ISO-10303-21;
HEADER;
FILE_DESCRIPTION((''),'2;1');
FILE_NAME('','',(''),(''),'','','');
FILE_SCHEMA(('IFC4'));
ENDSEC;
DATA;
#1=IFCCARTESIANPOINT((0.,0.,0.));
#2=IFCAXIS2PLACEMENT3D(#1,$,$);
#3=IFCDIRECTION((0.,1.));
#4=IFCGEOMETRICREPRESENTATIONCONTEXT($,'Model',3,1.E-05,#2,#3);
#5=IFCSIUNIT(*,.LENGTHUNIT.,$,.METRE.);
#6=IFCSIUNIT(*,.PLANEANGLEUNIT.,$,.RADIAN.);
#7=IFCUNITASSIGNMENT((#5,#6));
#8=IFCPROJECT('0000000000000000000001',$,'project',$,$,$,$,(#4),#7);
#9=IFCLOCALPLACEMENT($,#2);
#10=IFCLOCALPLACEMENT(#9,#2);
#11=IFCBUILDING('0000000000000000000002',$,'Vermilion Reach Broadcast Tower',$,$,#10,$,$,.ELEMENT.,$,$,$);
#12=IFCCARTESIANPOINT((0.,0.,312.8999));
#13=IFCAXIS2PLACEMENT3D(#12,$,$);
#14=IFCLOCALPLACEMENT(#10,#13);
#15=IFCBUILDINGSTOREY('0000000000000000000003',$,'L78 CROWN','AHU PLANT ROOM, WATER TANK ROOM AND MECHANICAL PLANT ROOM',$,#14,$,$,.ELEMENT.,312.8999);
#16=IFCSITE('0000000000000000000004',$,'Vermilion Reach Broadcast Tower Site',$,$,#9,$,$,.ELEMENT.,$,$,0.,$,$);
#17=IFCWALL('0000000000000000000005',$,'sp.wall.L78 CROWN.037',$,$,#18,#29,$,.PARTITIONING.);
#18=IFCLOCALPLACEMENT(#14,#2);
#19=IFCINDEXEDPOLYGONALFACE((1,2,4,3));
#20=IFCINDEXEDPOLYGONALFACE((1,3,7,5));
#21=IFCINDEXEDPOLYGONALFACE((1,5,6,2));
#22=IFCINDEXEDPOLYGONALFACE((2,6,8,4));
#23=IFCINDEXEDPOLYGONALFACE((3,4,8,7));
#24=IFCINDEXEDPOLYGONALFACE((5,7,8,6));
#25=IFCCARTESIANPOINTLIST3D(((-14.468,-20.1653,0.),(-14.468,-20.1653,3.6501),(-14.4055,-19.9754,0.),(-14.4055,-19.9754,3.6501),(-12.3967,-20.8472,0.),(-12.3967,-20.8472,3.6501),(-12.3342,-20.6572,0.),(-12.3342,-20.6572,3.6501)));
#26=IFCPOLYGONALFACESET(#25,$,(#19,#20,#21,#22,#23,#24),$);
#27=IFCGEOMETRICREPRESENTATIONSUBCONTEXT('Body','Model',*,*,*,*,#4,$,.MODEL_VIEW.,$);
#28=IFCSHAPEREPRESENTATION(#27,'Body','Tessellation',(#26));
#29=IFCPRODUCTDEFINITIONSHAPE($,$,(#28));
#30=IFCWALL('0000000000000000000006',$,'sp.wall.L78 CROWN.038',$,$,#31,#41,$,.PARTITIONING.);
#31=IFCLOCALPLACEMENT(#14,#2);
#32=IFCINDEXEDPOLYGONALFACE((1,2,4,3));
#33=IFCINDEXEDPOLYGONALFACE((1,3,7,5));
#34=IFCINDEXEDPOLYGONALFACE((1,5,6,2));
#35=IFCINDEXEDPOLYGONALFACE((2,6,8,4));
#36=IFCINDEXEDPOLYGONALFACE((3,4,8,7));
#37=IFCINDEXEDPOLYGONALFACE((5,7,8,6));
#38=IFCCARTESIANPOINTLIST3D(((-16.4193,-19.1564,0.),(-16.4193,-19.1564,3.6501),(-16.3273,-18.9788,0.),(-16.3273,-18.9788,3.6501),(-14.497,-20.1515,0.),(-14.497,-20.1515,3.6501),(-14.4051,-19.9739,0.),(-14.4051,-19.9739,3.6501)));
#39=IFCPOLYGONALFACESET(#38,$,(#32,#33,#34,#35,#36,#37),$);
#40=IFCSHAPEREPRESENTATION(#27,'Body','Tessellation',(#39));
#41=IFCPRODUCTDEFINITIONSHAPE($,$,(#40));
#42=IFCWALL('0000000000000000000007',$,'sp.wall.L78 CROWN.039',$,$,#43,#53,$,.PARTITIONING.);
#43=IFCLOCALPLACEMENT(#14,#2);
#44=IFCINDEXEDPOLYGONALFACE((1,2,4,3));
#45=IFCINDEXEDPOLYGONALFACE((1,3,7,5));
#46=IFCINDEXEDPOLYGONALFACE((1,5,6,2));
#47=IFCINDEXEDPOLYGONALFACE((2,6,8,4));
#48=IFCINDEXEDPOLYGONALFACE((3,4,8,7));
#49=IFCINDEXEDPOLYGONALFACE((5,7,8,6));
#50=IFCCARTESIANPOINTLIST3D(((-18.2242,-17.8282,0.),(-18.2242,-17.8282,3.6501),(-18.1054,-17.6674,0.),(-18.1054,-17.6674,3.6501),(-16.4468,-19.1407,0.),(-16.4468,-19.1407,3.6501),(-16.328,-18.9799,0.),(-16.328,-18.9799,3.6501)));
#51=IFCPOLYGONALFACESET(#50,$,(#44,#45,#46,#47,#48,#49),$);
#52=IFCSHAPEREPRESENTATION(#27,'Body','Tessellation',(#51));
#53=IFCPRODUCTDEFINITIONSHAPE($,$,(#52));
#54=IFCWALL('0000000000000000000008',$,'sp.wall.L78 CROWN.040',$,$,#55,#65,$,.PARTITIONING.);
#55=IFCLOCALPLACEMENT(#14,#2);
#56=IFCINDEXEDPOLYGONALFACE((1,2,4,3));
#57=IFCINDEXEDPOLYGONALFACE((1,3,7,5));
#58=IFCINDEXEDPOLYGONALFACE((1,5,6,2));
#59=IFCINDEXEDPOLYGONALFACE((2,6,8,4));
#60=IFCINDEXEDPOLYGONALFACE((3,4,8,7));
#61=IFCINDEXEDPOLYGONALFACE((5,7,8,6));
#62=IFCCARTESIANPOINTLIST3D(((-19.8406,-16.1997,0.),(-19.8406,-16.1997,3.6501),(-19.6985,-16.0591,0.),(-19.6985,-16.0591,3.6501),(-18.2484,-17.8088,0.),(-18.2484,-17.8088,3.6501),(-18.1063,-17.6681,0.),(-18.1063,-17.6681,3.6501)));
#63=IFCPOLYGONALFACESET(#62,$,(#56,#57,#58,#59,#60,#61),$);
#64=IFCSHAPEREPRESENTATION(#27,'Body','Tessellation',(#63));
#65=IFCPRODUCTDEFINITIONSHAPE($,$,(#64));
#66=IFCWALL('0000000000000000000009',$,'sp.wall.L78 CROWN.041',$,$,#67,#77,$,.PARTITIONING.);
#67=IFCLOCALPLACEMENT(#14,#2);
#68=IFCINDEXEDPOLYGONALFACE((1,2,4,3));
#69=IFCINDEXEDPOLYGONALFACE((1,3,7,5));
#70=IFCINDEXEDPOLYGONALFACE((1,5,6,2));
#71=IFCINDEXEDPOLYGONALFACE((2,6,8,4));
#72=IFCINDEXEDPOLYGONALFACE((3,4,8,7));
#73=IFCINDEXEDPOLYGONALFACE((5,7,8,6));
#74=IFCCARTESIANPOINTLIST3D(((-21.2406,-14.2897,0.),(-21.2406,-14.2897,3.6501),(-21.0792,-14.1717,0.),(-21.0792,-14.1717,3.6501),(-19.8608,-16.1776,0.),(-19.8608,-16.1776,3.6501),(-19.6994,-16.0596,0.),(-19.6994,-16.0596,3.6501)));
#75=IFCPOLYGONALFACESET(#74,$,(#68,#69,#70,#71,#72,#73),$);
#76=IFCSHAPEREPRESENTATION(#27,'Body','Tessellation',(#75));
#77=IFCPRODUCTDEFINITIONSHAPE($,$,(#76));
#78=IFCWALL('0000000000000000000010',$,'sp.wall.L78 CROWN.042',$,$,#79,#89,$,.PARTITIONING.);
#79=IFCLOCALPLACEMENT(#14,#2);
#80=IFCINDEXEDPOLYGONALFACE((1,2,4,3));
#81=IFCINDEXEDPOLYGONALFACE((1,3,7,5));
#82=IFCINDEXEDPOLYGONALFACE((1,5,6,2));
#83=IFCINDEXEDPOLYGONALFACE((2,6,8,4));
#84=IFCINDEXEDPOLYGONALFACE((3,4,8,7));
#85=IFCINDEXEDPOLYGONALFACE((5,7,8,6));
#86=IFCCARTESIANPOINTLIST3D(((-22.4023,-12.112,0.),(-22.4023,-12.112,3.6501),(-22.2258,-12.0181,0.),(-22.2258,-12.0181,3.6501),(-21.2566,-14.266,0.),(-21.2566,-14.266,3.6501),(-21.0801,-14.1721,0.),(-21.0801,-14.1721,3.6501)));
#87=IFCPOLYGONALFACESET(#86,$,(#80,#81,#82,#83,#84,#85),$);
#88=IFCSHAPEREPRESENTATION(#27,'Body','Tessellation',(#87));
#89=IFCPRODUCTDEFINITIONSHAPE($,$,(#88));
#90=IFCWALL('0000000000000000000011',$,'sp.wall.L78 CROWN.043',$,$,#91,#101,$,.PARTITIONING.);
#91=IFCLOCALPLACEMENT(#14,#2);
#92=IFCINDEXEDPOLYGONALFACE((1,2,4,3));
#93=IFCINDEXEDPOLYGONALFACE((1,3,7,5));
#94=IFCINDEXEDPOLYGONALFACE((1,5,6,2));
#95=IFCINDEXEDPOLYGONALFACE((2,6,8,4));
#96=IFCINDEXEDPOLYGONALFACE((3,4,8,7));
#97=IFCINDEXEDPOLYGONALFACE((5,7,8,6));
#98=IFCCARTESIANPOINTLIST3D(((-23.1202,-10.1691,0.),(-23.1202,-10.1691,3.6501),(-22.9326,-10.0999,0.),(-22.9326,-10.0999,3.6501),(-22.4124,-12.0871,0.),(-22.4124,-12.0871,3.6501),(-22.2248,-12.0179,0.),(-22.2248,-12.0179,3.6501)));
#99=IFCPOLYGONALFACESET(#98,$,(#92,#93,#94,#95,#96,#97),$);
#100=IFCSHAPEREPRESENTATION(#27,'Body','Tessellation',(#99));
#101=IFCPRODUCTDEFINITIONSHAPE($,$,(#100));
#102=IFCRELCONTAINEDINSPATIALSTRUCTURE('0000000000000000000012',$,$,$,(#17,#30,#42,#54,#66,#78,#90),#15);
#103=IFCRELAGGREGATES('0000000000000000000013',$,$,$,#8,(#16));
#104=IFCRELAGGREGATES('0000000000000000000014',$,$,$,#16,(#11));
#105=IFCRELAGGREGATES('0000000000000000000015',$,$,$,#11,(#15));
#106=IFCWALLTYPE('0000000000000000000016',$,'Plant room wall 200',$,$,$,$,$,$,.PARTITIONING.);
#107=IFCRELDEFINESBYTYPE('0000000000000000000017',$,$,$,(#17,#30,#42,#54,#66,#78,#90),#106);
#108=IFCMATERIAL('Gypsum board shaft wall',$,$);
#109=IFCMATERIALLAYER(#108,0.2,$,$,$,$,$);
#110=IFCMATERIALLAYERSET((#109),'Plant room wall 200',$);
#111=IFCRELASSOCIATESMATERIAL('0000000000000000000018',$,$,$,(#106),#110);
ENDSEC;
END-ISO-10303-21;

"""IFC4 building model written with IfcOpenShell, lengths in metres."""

from ifc_helpers import new_model, si_unit, direction, frame, frame_2d, origin, place, context, subcontext, project, spatial, rectangle, extrude, material, layer, layer_set, type_object, element, save


model = new_model("IFC4")

# Units and contexts
model_context = context("Model", 3, precision=1e-05, world=origin(), true_north=direction((0.0, 1.0)))
body_context = subcontext(model_context, "Body", "Model", "MODEL_VIEW")
ifc_project = project(units=[si_unit("LENGTHUNIT", "METRE"), si_unit("PLANEANGLEUNIT", "RADIAN")], contexts=[model_context])

# Site, building, storey
site_placement = place(None, origin())
site = spatial("IfcSite", under=ifc_project, at=site_placement, Name="Vermilion Reach Broadcast Tower Site", CompositionType="ELEMENT", RefElevation=0.0)
building_placement = place(site_placement, origin())
building = spatial("IfcBuilding", under=site, at=building_placement, Name="Vermilion Reach Broadcast Tower", CompositionType="ELEMENT")
storey_placement = place(building_placement, frame((0.0, 0.0, 312.8999)))
storey = spatial("IfcBuildingStorey", under=building, at=storey_placement, Name="L78 CROWN", Description="AHU PLANT ROOM, WATER TANK ROOM AND MECHANICAL PLANT ROOM", CompositionType="ELEMENT", Elevation=312.8999)

# Walls
ifc_material_1 = material(Name="Gypsum board shaft wall")
ifc_layer_1 = layer(ifc_material_1, 0.2)
ifc_layer_set_1 = layer_set([ifc_layer_1], Name="Plant room wall 200")
wall_type_1 = type_object("IfcWallType", Name="Plant room wall 200", PredefinedType="PARTITIONING", material=ifc_layer_set_1)
wall_1_placement = place(storey_placement, frame((-14.4368, -20.0703, 0.0), z_axis=(0.0, 0.0, 1.0), x_axis=(0.949852, -0.312699, 0.0)))
element("IfcWall", 1, at=wall_1_placement, inside=storey, type_object=wall_type_1, Name="sp.wall.L78 CROWN.037", PredefinedType="PARTITIONING", context=body_context, shape_type="SweptSolid", body=[
    extrude(rectangle(XDim=2.1807, YDim=0.2, at=frame_2d((1.0903, 0.0))), origin(), (0.0, 0.0, 1.0), 3.6501),
])
wall_2_placement = place(storey_placement, frame((-16.3733, -19.0676, 0.0), z_axis=(0.0, 0.0, 1.0), x_axis=(0.888068, -0.459711, 0.0)))
element("IfcWall", 2, at=wall_2_placement, inside=storey, type_object=wall_type_1, Name="sp.wall.L78 CROWN.038", PredefinedType="PARTITIONING", context=body_context, shape_type="SweptSolid", body=[
    extrude(rectangle(XDim=2.1646, YDim=0.2, at=frame_2d((1.0823, 0.0))), origin(), (0.0, 0.0, 1.0), 3.6501),
])
wall_3_placement = place(storey_placement, frame((-18.1648, -17.7478, 0.0), z_axis=(0.0, 0.0, 1.0), x_axis=(0.804433, -0.594043, 0.0)))
element("IfcWall", 3, at=wall_3_placement, inside=storey, type_object=wall_type_1, Name="sp.wall.L78 CROWN.039", PredefinedType="PARTITIONING", context=body_context, shape_type="SweptSolid", body=[
    extrude(rectangle(XDim=2.2095, YDim=0.2, at=frame_2d((1.1047, 0.0))), origin(), (0.0, 0.0, 1.0), 3.6501),
])
wall_4_placement = place(storey_placement, frame((-19.7695, -16.1294, 0.0), z_axis=(0.0, 0.0, 1.0), x_axis=(0.703376, -0.710818, 0.0)))
element("IfcWall", 4, at=wall_4_placement, inside=storey, type_object=wall_type_1, Name="sp.wall.L78 CROWN.040", PredefinedType="PARTITIONING", context=body_context, shape_type="SweptSolid", body=[
    extrude(rectangle(XDim=2.2637, YDim=0.2, at=frame_2d((1.1318, 0.0))), origin(), (0.0, 0.0, 1.0), 3.6501),
])
wall_5_placement = place(storey_placement, frame((-21.1599, -14.2307, 0.0), z_axis=(0.0, 0.0, 1.0), x_axis=(0.590082, -0.807343, 0.0)))
element("IfcWall", 5, at=wall_5_placement, inside=storey, type_object=wall_type_1, Name="sp.wall.L78 CROWN.041", PredefinedType="PARTITIONING", context=body_context, shape_type="SweptSolid", body=[
    extrude(rectangle(XDim=2.3384, YDim=0.2, at=frame_2d((1.1692, 0.0))), origin(), (0.0, 0.0, 1.0), 3.6501),
])
wall_6_placement = place(storey_placement, frame((-22.314, -12.0652, 0.0), z_axis=(0.0, 0.0, 1.0), x_axis=(0.469606, -0.882876, 0.0)))
element("IfcWall", 6, at=wall_6_placement, inside=storey, type_object=wall_type_1, Name="sp.wall.L78 CROWN.042", PredefinedType="PARTITIONING", context=body_context, shape_type="SweptSolid", body=[
    extrude(rectangle(XDim=2.4397, YDim=0.2, at=frame_2d((1.2197, 0.0))), origin(), (0.0, 0.0, 1.0), 3.6501),
])
wall_7_placement = place(storey_placement, frame((-23.0264, -10.1345, 0.0), z_axis=(0.0, 0.0, 1.0), x_axis=(0.346198, -0.938162, 0.0)))
element("IfcWall", 7, at=wall_7_placement, inside=storey, type_object=wall_type_1, Name="sp.wall.L78 CROWN.043", PredefinedType="PARTITIONING", context=body_context, shape_type="SweptSolid", body=[
    extrude(rectangle(XDim=2.0444, YDim=0.2, at=frame_2d((1.0222, 0.0))), origin(), (0.0, 0.0, 1.0), 3.6501),
])

save(model, "model.ifc")
